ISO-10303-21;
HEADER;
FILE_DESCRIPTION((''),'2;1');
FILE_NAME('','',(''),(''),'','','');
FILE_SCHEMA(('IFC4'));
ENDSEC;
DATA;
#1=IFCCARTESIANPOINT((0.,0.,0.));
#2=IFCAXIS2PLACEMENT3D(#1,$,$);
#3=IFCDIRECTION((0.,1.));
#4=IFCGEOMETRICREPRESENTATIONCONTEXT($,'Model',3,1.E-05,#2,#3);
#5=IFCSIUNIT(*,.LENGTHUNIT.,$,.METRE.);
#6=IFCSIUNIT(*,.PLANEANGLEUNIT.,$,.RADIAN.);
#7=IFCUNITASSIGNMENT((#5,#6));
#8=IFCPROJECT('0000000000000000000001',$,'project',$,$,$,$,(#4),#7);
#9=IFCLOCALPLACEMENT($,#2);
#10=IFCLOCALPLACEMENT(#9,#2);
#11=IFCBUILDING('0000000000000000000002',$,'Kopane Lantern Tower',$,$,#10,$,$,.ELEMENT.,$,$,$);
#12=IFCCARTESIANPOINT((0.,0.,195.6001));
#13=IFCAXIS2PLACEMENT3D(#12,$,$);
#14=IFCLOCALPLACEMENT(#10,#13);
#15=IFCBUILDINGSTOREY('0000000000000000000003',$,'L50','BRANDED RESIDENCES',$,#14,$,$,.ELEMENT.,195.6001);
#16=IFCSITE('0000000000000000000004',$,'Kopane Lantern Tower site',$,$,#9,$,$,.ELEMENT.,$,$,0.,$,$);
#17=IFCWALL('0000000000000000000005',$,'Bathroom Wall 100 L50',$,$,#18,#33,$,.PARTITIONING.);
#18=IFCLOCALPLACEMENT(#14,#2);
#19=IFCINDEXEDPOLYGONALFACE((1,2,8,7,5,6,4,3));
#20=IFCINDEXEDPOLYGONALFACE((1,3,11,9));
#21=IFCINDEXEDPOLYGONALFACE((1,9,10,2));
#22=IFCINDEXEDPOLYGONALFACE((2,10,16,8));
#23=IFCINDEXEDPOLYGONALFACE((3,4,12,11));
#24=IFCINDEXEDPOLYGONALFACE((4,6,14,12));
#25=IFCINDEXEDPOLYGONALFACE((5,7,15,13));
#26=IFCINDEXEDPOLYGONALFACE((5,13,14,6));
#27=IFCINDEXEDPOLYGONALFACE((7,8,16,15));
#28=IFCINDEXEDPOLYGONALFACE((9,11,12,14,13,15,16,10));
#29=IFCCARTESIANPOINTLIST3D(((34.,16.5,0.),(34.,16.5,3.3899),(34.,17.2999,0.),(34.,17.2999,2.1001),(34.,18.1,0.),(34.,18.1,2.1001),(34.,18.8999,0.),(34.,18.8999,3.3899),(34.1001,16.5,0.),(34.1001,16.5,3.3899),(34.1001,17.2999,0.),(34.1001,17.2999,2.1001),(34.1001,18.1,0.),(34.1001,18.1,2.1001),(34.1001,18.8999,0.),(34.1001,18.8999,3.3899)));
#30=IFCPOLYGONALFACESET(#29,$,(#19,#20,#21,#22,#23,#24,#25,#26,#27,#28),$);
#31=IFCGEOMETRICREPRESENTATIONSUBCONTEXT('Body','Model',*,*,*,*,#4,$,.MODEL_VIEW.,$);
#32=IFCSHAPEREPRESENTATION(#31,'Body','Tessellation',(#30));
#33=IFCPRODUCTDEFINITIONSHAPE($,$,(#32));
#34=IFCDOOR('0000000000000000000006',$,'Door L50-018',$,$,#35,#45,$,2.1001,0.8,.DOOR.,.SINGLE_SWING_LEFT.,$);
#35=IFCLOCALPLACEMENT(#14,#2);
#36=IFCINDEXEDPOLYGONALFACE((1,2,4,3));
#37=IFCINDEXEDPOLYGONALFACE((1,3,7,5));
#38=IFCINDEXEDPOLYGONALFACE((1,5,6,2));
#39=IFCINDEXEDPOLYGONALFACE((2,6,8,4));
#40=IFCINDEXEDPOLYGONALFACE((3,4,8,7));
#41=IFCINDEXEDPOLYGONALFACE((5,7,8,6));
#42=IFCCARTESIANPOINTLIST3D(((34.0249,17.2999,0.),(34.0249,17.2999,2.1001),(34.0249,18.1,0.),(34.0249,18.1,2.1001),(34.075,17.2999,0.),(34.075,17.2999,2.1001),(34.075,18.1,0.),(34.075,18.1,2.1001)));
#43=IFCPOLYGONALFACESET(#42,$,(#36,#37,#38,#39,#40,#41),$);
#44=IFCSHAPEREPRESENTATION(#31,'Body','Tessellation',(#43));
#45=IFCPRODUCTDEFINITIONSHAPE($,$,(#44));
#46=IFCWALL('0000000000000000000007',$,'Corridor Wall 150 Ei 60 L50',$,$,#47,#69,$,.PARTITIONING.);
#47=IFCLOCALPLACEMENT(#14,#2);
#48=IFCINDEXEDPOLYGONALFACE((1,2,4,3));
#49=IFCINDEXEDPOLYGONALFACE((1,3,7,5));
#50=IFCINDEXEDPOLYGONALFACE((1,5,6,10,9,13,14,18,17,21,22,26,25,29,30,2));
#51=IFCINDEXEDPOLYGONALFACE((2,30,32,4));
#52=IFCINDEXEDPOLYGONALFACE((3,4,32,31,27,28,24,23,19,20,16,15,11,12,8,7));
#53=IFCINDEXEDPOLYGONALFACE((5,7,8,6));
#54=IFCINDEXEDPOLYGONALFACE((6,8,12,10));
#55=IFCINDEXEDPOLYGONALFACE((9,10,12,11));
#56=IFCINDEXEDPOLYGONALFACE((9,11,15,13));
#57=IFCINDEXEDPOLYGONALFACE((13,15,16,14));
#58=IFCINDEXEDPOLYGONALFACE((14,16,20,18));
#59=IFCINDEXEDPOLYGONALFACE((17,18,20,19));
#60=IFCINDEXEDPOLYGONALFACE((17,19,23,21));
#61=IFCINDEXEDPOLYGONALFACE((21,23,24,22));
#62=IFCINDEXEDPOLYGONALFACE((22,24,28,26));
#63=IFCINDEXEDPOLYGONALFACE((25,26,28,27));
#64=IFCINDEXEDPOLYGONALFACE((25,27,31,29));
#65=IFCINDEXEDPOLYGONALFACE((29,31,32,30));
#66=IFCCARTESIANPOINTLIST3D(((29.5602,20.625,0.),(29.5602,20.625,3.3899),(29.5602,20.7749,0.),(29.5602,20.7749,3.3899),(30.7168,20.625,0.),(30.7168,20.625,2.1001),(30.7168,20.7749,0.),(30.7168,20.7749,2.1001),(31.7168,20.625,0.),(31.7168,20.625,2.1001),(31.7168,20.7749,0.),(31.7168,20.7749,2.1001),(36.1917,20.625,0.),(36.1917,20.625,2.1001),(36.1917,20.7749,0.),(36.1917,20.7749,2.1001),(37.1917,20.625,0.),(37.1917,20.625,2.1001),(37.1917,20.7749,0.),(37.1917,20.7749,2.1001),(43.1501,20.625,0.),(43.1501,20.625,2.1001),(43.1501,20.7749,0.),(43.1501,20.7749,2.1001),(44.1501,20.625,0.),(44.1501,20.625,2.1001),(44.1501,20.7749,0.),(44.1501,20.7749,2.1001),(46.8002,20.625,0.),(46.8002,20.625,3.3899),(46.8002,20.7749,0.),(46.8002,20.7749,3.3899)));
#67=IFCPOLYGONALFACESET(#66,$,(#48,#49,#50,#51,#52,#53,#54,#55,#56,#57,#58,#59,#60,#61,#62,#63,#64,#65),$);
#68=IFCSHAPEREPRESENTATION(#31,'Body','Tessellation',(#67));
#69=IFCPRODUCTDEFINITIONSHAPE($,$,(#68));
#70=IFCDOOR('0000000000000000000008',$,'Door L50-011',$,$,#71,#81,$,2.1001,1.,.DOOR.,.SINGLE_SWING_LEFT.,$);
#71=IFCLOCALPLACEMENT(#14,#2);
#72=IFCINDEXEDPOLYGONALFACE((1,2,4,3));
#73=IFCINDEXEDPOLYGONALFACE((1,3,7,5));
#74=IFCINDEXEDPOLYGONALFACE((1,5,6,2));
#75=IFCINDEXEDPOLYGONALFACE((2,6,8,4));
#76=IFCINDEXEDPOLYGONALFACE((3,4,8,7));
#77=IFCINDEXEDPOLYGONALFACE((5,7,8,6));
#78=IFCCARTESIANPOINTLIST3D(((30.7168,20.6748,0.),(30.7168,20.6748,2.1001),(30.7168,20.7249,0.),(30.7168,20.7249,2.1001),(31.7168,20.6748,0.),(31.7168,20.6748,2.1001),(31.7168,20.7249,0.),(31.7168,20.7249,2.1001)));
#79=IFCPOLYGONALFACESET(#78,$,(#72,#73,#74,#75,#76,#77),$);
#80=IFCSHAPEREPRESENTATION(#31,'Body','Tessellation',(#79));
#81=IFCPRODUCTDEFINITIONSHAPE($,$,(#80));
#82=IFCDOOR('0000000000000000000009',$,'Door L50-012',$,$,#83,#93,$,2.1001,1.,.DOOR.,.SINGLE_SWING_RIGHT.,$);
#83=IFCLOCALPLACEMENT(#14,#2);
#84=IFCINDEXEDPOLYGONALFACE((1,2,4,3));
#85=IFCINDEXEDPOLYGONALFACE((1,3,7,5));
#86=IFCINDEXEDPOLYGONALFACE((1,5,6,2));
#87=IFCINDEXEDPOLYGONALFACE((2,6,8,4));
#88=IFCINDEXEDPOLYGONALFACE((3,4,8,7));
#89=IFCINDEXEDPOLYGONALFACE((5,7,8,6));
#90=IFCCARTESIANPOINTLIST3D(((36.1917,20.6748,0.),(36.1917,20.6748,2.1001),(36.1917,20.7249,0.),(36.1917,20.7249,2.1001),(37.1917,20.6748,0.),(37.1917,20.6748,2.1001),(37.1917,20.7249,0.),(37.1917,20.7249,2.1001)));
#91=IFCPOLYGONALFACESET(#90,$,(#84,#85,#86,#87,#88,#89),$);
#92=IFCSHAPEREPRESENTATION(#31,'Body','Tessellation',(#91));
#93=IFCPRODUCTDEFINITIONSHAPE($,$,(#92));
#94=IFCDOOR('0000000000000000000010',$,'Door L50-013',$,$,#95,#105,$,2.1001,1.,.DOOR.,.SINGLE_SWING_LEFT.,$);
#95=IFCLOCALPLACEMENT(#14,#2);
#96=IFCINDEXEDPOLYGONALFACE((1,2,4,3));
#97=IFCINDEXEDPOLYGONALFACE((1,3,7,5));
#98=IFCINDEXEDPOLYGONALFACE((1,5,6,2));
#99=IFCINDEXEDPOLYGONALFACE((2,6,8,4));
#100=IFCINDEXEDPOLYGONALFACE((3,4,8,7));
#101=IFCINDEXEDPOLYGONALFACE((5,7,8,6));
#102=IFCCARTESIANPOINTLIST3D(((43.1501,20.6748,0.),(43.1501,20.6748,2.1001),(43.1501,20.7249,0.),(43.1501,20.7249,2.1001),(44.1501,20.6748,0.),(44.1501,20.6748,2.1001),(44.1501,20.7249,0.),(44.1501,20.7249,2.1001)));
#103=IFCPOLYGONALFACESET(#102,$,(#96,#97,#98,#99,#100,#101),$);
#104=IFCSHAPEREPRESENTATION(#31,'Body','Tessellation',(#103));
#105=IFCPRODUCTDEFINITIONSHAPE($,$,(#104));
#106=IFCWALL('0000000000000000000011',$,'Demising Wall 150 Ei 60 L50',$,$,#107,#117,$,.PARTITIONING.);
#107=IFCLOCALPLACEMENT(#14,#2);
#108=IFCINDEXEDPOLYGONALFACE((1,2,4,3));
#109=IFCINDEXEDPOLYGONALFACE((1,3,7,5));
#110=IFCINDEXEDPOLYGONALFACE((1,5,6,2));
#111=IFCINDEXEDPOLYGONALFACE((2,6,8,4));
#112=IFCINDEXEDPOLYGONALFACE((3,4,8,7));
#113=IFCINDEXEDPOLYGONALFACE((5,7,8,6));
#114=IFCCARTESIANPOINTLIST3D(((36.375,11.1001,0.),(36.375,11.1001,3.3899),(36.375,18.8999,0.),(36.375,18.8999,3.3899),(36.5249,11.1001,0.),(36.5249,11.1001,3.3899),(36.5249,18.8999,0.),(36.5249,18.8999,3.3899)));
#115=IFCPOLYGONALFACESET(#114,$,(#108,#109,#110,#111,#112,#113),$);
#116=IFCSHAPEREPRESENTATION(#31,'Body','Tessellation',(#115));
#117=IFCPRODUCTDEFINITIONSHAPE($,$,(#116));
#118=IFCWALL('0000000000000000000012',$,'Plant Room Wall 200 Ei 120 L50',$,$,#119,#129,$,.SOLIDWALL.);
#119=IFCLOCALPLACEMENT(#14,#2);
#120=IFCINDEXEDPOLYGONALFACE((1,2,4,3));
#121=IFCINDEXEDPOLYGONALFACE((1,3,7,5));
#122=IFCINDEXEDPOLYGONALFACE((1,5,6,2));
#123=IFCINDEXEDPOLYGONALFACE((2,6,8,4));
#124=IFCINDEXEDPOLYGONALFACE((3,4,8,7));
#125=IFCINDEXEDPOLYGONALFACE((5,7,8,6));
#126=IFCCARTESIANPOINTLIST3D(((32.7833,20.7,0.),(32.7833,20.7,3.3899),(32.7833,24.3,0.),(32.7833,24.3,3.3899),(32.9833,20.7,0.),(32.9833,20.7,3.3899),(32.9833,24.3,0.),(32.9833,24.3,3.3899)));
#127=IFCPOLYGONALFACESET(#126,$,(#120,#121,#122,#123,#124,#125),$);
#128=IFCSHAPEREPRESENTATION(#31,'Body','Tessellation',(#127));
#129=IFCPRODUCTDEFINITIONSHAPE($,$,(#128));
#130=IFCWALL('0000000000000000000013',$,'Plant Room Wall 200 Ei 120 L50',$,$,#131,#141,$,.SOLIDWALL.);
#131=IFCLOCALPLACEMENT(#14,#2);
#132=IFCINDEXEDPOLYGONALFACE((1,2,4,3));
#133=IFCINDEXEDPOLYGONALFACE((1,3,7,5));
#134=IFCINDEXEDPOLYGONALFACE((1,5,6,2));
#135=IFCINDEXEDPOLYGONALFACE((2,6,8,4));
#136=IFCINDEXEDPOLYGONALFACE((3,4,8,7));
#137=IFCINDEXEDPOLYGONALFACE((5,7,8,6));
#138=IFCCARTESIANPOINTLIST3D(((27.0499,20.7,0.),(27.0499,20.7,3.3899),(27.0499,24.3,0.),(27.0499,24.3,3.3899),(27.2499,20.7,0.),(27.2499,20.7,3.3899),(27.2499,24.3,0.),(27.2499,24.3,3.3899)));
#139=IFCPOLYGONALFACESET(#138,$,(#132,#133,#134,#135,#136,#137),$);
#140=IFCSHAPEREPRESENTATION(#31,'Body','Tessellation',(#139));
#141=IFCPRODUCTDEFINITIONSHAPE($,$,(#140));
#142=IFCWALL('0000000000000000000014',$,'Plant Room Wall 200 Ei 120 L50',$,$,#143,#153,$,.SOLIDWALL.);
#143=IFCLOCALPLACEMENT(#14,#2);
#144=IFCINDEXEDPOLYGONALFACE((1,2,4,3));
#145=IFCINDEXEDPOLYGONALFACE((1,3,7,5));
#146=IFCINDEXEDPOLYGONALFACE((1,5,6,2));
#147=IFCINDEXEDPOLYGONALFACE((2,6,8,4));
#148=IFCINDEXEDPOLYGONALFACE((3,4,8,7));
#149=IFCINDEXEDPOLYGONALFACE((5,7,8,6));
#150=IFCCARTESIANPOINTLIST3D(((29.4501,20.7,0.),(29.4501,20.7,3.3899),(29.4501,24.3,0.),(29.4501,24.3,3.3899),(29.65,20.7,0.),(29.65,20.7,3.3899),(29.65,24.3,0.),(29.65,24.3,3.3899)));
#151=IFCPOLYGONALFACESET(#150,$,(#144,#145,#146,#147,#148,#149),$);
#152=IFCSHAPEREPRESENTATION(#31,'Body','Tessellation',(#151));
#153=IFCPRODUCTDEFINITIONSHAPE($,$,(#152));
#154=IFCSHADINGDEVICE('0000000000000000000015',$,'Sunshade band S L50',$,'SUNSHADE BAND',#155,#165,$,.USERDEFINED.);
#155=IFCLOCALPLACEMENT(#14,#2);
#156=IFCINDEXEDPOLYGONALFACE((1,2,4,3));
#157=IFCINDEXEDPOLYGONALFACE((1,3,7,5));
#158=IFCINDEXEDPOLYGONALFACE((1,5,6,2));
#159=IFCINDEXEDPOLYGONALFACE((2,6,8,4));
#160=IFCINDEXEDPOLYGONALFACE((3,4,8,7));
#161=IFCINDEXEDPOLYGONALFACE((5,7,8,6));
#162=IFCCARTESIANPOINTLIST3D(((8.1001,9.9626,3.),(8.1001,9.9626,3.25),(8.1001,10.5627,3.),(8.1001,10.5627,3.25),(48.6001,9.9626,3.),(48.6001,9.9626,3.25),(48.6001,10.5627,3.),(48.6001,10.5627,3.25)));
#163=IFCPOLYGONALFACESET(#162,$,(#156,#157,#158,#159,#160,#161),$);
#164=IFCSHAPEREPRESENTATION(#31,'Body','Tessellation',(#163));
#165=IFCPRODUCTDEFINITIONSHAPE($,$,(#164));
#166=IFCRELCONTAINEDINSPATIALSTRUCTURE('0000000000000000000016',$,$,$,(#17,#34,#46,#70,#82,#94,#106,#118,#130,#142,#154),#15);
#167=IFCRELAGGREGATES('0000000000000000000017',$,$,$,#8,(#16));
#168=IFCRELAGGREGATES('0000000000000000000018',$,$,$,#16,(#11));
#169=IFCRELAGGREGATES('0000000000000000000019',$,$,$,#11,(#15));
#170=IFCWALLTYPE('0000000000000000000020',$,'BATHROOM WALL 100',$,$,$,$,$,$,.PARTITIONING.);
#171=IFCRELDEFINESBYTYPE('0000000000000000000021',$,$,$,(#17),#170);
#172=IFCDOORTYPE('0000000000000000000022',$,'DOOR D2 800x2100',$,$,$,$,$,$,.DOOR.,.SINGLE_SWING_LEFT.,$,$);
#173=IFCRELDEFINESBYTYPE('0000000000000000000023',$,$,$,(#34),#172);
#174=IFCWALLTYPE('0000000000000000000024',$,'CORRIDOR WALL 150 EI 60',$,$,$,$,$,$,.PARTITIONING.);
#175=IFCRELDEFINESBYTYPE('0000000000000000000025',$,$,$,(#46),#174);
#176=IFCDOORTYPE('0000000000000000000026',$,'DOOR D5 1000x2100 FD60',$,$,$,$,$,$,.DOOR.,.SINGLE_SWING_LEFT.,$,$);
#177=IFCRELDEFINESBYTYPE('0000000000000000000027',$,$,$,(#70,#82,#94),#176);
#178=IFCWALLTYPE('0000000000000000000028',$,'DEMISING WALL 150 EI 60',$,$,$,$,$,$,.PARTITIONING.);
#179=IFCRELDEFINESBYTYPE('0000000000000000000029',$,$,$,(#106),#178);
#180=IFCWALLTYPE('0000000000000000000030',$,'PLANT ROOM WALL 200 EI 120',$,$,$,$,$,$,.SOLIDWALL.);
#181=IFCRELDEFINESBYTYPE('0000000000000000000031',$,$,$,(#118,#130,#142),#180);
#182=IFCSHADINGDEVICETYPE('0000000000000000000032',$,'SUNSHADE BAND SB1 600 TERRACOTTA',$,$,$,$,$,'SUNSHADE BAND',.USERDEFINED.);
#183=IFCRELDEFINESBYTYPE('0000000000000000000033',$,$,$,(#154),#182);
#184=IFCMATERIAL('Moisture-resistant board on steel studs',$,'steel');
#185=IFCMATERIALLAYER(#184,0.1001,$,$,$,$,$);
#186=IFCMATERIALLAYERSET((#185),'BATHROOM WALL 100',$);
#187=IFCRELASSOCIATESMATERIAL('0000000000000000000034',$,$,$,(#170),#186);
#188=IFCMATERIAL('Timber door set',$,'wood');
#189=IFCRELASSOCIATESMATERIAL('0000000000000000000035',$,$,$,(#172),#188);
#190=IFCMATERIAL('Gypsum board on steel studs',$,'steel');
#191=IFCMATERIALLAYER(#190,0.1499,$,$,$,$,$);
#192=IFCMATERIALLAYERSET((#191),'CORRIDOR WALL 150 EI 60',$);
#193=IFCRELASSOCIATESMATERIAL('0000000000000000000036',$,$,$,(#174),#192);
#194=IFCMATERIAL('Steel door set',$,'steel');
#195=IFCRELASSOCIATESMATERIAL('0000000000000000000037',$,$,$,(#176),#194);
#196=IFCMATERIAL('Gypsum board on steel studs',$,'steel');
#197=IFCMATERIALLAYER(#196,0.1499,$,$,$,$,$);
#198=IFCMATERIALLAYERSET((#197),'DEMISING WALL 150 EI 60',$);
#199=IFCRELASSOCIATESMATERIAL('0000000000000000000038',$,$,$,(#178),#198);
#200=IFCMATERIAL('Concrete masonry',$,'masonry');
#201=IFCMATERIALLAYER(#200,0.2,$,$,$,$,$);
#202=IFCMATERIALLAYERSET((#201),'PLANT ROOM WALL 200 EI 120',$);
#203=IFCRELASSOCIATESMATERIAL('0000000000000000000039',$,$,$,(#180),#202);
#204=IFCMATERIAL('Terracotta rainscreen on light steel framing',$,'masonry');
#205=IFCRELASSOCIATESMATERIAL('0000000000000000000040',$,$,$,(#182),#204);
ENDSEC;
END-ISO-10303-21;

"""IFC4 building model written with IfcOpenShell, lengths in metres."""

from ifc_helpers import new_model, si_unit, direction, frame, frame_2d, origin, origin_2d, place, context, subcontext, project, spatial, rectangle, extrude, material, layer, layer_set, type_object, element, fill, save


model = new_model("IFC4")

# Units and contexts
model_context = context("Model", 3, precision=1e-05, world=origin(), true_north=direction((0.0, 1.0)))
body_context = subcontext(model_context, "Body", "Model", "MODEL_VIEW")
ifc_project = project(units=[si_unit("LENGTHUNIT", "METRE"), si_unit("PLANEANGLEUNIT", "RADIAN")], contexts=[model_context])

# Site, building, storey
site_placement = place(None, origin())
site = spatial("IfcSite", under=ifc_project, at=site_placement, Name="Kopane Lantern Tower site", CompositionType="ELEMENT", RefElevation=0.0)
building_placement = place(site_placement, origin())
building = spatial("IfcBuilding", under=site, at=building_placement, Name="Kopane Lantern Tower", CompositionType="ELEMENT")
storey_placement = place(building_placement, frame((0.0, 0.0, 195.6001)))
storey = spatial("IfcBuildingStorey", under=building, at=storey_placement, Name="L50", Description="BRANDED RESIDENCES", CompositionType="ELEMENT", Elevation=195.6001)

# Wall, opening, door
ifc_material_1 = material(Name="Moisture-resistant board on steel studs", Category="steel")
ifc_layer_1 = layer(ifc_material_1, 0.1001)
ifc_layer_set_1 = layer_set([ifc_layer_1], Name="BATHROOM WALL 100")
wall_type_1 = type_object("IfcWallType", Name="BATHROOM WALL 100", PredefinedType="PARTITIONING", material=ifc_layer_set_1)
wall_1_placement = place(storey_placement, frame((34.05, 18.8999, 0.0), z_axis=(0.0, 0.0, 1.0), x_axis=(0.0, -1.0, 0.0)))
wall_1 = element("IfcWall", 1, at=wall_1_placement, inside=storey, type_object=wall_type_1, Name="Bathroom Wall 100 L50", PredefinedType="PARTITIONING", context=body_context, shape_type="SweptSolid", body=[
    extrude(rectangle(XDim=2.3999, YDim=0.1001, at=frame_2d((1.2, 0.0))), origin(), (0.0, 0.0, 1.0), 3.3899),
])
opening_1_placement = place(wall_1_placement, frame((0.8, 0.0, 0.0)))
opening_1 = element("IfcOpeningElement", 2, at=opening_1_placement, cuts=wall_1, PredefinedType="OPENING", context=body_context, shape_type="SweptSolid", body=[
    extrude(rectangle(XDim=0.8, YDim=2.1001, at=frame_2d((0.3999, 1.05))), frame((0.0, 0.0601, 0.0), z_axis=(0.0, -1.0, 0.0), x_axis=(1.0, 0.0, 0.0)), (0.0, 0.0, 1.0), 0.1201),
])
ifc_material_2 = material(Name="Timber door set", Category="wood")
door_type_1 = type_object("IfcDoorType", Name="DOOR D2 800x2100", OperationType="SINGLE_SWING_LEFT", PredefinedType="DOOR", material=ifc_material_2)
door_1_placement = place(opening_1_placement, origin())
door_1 = element("IfcDoor", 3, at=door_1_placement, inside=storey, type_object=door_type_1, Name="Door L50-018", OperationType="SINGLE_SWING_LEFT", OverallHeight=2.1001, OverallWidth=0.8, PredefinedType="DOOR", context=body_context, shape_type="SweptSolid", body=[
    extrude(rectangle(XDim=0.8, YDim=2.1001, at=frame_2d((0.3999, 1.05))), frame((0.0, 0.0249, 0.0), z_axis=(0.0, -1.0, 0.0), x_axis=(1.0, 0.0, 0.0)), (0.0, 0.0, 1.0), 0.05),
])
fill(opening_1, door_1)

# Wall, openings, doors
ifc_material_3 = material(Name="Gypsum board on steel studs", Category="steel")
ifc_layer_2 = layer(ifc_material_3, 0.1499)
ifc_layer_set_2 = layer_set([ifc_layer_2], Name="CORRIDOR WALL 150 EI 60")
wall_type_2 = type_object("IfcWallType", Name="CORRIDOR WALL 150 EI 60", PredefinedType="PARTITIONING", material=ifc_layer_set_2)
wall_2_placement = place(storey_placement, frame((29.5601, 20.7, 0.0), z_axis=(0.0, 0.0, 1.0), x_axis=(1.0, 0.0, 0.0)))
wall_2 = element("IfcWall", 4, at=wall_2_placement, inside=storey, type_object=wall_type_2, Name="Corridor Wall 150 Ei 60 L50", PredefinedType="PARTITIONING", context=body_context, shape_type="SweptSolid", body=[
    extrude(rectangle(XDim=17.24, YDim=0.1499, at=frame_2d((8.6201, 0.0))), origin(), (0.0, 0.0, 1.0), 3.3899),
])
opening_2_placement = place(wall_2_placement, frame((1.1567, 0.0, 0.0)))
opening_2 = element("IfcOpeningElement", 5, at=opening_2_placement, cuts=wall_2, PredefinedType="OPENING", context=body_context, shape_type="SweptSolid", body=[
    extrude(rectangle(XDim=1.0, YDim=2.1001, at=frame_2d((0.5, 1.05))), frame((0.0, 0.085, 0.0), z_axis=(0.0, -1.0, 0.0), x_axis=(1.0, 0.0, 0.0)), (0.0, 0.0, 1.0), 0.1699),
])
opening_3_placement = place(wall_2_placement, frame((6.6316, 0.0, 0.0)))
opening_3 = element("IfcOpeningElement", 6, at=opening_3_placement, cuts=wall_2, PredefinedType="OPENING", context=body_context, shape_type="SweptSolid", body=[
    extrude(rectangle(XDim=1.0, YDim=2.1001, at=frame_2d((0.5, 1.05))), frame((0.0, 0.085, 0.0), z_axis=(0.0, -1.0, 0.0), x_axis=(1.0, 0.0, 0.0)), (0.0, 0.0, 1.0), 0.1699),
])
opening_4_placement = place(wall_2_placement, frame((13.5901, 0.0, 0.0)))
opening_4 = element("IfcOpeningElement", 7, at=opening_4_placement, cuts=wall_2, PredefinedType="OPENING", context=body_context, shape_type="SweptSolid", body=[
    extrude(rectangle(XDim=1.0, YDim=2.1001, at=frame_2d((0.5, 1.05))), frame((0.0, 0.085, 0.0), z_axis=(0.0, -1.0, 0.0), x_axis=(1.0, 0.0, 0.0)), (0.0, 0.0, 1.0), 0.1699),
])
ifc_material_4 = material(Name="Steel door set", Category="steel")
door_type_2 = type_object("IfcDoorType", Name="DOOR D5 1000x2100 FD60", OperationType="SINGLE_SWING_LEFT", PredefinedType="DOOR", material=ifc_material_4)
door_2_placement = place(opening_2_placement, origin())
door_2 = element("IfcDoor", 8, at=door_2_placement, inside=storey, type_object=door_type_2, Name="Door L50-011", OperationType="SINGLE_SWING_LEFT", OverallHeight=2.1001, OverallWidth=1.0, PredefinedType="DOOR", context=body_context, shape_type="SweptSolid", body=[
    extrude(rectangle(XDim=1.0, YDim=2.1001, at=frame_2d((0.5, 1.05))), frame((0.0, 0.0249, 0.0), z_axis=(0.0, -1.0, 0.0), x_axis=(1.0, 0.0, 0.0)), (0.0, 0.0, 1.0), 0.05),
])
fill(opening_2, door_2)
door_3_placement = place(opening_3_placement, origin())
door_3 = element("IfcDoor", 9, at=door_3_placement, inside=storey, type_object=door_type_2, Name="Door L50-012", OperationType="SINGLE_SWING_RIGHT", OverallHeight=2.1001, OverallWidth=1.0, PredefinedType="DOOR", context=body_context, shape_type="SweptSolid", body=[
    extrude(rectangle(XDim=1.0, YDim=2.1001, at=frame_2d((0.5, 1.05))), frame((0.0, 0.0249, 0.0), z_axis=(0.0, -1.0, 0.0), x_axis=(1.0, 0.0, 0.0)), (0.0, 0.0, 1.0), 0.05),
])
fill(opening_3, door_3)
door_4_placement = place(opening_4_placement, origin())
door_4 = element("IfcDoor", 10, at=door_4_placement, inside=storey, type_object=door_type_2, Name="Door L50-013", OperationType="SINGLE_SWING_LEFT", OverallHeight=2.1001, OverallWidth=1.0, PredefinedType="DOOR", context=body_context, shape_type="SweptSolid", body=[
    extrude(rectangle(XDim=1.0, YDim=2.1001, at=frame_2d((0.5, 1.05))), frame((0.0, 0.0249, 0.0), z_axis=(0.0, -1.0, 0.0), x_axis=(1.0, 0.0, 0.0)), (0.0, 0.0, 1.0), 0.05),
])
fill(opening_4, door_4)

# Walls
ifc_material_5 = material(Name="Gypsum board on steel studs", Category="steel")
ifc_layer_3 = layer(ifc_material_5, 0.1499)
ifc_layer_set_3 = layer_set([ifc_layer_3], Name="DEMISING WALL 150 EI 60")
wall_type_3 = type_object("IfcWallType", Name="DEMISING WALL 150 EI 60", PredefinedType="PARTITIONING", material=ifc_layer_set_3)
wall_3_placement = place(storey_placement, frame((36.45, 18.8999, 0.0), z_axis=(0.0, 0.0, 1.0), x_axis=(0.0, -1.0, 0.0)))
element("IfcWall", 11, at=wall_3_placement, inside=storey, type_object=wall_type_3, Name="Demising Wall 150 Ei 60 L50", PredefinedType="PARTITIONING", context=body_context, shape_type="SweptSolid", body=[
    extrude(rectangle(XDim=7.7998, YDim=0.1499, at=frame_2d((3.8999, 0.0))), origin(), (0.0, 0.0, 1.0), 3.3899),
])
ifc_material_6 = material(Name="Concrete masonry", Category="masonry")
ifc_layer_4 = layer(ifc_material_6, 0.2)
ifc_layer_set_4 = layer_set([ifc_layer_4], Name="PLANT ROOM WALL 200 EI 120")
wall_type_4 = type_object("IfcWallType", Name="PLANT ROOM WALL 200 EI 120", PredefinedType="SOLIDWALL", material=ifc_layer_set_4)
for number, where, z_axis, x_axis, name in (
    (12, (32.8833, 20.7, 0.0), (0.0, 0.0, 1.0), (0.0, 1.0, 0.0), "Plant Room Wall 200 Ei 120 L50"),
    (13, (27.1499, 20.7, 0.0), (0.0, 0.0, 1.0), (0.0, 1.0, 0.0), "Plant Room Wall 200 Ei 120 L50"),
    (14, (29.55, 20.7, 0.0), (0.0, 0.0, 1.0), (0.0, 1.0, 0.0), "Plant Room Wall 200 Ei 120 L50"),
):
    element("IfcWall", number, at=place(storey_placement, frame(where, z_axis=z_axis, x_axis=x_axis)), inside=storey, type_object=wall_type_4, Name=name, PredefinedType="SOLIDWALL", context=body_context, shape_type="SweptSolid", body=[
        extrude(rectangle(XDim=3.6001, YDim=0.2, at=frame_2d((1.8, 0.0))), origin(), (0.0, 0.0, 1.0), 3.3899),
    ])

# Shading device
ifc_material_7 = material(Name="Terracotta rainscreen on light steel framing", Category="masonry")
shading_device_type = type_object("IfcShadingDeviceType", Name="SUNSHADE BAND SB1 600 TERRACOTTA", ElementType="SUNSHADE BAND", PredefinedType="USERDEFINED", material=ifc_material_7)
shading_device_placement = place(storey_placement, frame((28.3501, 10.2627, 3.0), z_axis=(0.0, 0.0, 1.0), x_axis=(1.0, 0.0, 0.0)))
element("IfcShadingDevice", 15, at=shading_device_placement, inside=storey, type_object=shading_device_type, Name="Sunshade band S L50", ObjectType="SUNSHADE BAND", PredefinedType="USERDEFINED", context=body_context, shape_type="SweptSolid", body=[
    extrude(rectangle(XDim=40.5, YDim=0.6001, at=origin_2d()), origin(), (0.0, 0.0, 1.0), 0.25),
])

save(model, "model.ifc")
